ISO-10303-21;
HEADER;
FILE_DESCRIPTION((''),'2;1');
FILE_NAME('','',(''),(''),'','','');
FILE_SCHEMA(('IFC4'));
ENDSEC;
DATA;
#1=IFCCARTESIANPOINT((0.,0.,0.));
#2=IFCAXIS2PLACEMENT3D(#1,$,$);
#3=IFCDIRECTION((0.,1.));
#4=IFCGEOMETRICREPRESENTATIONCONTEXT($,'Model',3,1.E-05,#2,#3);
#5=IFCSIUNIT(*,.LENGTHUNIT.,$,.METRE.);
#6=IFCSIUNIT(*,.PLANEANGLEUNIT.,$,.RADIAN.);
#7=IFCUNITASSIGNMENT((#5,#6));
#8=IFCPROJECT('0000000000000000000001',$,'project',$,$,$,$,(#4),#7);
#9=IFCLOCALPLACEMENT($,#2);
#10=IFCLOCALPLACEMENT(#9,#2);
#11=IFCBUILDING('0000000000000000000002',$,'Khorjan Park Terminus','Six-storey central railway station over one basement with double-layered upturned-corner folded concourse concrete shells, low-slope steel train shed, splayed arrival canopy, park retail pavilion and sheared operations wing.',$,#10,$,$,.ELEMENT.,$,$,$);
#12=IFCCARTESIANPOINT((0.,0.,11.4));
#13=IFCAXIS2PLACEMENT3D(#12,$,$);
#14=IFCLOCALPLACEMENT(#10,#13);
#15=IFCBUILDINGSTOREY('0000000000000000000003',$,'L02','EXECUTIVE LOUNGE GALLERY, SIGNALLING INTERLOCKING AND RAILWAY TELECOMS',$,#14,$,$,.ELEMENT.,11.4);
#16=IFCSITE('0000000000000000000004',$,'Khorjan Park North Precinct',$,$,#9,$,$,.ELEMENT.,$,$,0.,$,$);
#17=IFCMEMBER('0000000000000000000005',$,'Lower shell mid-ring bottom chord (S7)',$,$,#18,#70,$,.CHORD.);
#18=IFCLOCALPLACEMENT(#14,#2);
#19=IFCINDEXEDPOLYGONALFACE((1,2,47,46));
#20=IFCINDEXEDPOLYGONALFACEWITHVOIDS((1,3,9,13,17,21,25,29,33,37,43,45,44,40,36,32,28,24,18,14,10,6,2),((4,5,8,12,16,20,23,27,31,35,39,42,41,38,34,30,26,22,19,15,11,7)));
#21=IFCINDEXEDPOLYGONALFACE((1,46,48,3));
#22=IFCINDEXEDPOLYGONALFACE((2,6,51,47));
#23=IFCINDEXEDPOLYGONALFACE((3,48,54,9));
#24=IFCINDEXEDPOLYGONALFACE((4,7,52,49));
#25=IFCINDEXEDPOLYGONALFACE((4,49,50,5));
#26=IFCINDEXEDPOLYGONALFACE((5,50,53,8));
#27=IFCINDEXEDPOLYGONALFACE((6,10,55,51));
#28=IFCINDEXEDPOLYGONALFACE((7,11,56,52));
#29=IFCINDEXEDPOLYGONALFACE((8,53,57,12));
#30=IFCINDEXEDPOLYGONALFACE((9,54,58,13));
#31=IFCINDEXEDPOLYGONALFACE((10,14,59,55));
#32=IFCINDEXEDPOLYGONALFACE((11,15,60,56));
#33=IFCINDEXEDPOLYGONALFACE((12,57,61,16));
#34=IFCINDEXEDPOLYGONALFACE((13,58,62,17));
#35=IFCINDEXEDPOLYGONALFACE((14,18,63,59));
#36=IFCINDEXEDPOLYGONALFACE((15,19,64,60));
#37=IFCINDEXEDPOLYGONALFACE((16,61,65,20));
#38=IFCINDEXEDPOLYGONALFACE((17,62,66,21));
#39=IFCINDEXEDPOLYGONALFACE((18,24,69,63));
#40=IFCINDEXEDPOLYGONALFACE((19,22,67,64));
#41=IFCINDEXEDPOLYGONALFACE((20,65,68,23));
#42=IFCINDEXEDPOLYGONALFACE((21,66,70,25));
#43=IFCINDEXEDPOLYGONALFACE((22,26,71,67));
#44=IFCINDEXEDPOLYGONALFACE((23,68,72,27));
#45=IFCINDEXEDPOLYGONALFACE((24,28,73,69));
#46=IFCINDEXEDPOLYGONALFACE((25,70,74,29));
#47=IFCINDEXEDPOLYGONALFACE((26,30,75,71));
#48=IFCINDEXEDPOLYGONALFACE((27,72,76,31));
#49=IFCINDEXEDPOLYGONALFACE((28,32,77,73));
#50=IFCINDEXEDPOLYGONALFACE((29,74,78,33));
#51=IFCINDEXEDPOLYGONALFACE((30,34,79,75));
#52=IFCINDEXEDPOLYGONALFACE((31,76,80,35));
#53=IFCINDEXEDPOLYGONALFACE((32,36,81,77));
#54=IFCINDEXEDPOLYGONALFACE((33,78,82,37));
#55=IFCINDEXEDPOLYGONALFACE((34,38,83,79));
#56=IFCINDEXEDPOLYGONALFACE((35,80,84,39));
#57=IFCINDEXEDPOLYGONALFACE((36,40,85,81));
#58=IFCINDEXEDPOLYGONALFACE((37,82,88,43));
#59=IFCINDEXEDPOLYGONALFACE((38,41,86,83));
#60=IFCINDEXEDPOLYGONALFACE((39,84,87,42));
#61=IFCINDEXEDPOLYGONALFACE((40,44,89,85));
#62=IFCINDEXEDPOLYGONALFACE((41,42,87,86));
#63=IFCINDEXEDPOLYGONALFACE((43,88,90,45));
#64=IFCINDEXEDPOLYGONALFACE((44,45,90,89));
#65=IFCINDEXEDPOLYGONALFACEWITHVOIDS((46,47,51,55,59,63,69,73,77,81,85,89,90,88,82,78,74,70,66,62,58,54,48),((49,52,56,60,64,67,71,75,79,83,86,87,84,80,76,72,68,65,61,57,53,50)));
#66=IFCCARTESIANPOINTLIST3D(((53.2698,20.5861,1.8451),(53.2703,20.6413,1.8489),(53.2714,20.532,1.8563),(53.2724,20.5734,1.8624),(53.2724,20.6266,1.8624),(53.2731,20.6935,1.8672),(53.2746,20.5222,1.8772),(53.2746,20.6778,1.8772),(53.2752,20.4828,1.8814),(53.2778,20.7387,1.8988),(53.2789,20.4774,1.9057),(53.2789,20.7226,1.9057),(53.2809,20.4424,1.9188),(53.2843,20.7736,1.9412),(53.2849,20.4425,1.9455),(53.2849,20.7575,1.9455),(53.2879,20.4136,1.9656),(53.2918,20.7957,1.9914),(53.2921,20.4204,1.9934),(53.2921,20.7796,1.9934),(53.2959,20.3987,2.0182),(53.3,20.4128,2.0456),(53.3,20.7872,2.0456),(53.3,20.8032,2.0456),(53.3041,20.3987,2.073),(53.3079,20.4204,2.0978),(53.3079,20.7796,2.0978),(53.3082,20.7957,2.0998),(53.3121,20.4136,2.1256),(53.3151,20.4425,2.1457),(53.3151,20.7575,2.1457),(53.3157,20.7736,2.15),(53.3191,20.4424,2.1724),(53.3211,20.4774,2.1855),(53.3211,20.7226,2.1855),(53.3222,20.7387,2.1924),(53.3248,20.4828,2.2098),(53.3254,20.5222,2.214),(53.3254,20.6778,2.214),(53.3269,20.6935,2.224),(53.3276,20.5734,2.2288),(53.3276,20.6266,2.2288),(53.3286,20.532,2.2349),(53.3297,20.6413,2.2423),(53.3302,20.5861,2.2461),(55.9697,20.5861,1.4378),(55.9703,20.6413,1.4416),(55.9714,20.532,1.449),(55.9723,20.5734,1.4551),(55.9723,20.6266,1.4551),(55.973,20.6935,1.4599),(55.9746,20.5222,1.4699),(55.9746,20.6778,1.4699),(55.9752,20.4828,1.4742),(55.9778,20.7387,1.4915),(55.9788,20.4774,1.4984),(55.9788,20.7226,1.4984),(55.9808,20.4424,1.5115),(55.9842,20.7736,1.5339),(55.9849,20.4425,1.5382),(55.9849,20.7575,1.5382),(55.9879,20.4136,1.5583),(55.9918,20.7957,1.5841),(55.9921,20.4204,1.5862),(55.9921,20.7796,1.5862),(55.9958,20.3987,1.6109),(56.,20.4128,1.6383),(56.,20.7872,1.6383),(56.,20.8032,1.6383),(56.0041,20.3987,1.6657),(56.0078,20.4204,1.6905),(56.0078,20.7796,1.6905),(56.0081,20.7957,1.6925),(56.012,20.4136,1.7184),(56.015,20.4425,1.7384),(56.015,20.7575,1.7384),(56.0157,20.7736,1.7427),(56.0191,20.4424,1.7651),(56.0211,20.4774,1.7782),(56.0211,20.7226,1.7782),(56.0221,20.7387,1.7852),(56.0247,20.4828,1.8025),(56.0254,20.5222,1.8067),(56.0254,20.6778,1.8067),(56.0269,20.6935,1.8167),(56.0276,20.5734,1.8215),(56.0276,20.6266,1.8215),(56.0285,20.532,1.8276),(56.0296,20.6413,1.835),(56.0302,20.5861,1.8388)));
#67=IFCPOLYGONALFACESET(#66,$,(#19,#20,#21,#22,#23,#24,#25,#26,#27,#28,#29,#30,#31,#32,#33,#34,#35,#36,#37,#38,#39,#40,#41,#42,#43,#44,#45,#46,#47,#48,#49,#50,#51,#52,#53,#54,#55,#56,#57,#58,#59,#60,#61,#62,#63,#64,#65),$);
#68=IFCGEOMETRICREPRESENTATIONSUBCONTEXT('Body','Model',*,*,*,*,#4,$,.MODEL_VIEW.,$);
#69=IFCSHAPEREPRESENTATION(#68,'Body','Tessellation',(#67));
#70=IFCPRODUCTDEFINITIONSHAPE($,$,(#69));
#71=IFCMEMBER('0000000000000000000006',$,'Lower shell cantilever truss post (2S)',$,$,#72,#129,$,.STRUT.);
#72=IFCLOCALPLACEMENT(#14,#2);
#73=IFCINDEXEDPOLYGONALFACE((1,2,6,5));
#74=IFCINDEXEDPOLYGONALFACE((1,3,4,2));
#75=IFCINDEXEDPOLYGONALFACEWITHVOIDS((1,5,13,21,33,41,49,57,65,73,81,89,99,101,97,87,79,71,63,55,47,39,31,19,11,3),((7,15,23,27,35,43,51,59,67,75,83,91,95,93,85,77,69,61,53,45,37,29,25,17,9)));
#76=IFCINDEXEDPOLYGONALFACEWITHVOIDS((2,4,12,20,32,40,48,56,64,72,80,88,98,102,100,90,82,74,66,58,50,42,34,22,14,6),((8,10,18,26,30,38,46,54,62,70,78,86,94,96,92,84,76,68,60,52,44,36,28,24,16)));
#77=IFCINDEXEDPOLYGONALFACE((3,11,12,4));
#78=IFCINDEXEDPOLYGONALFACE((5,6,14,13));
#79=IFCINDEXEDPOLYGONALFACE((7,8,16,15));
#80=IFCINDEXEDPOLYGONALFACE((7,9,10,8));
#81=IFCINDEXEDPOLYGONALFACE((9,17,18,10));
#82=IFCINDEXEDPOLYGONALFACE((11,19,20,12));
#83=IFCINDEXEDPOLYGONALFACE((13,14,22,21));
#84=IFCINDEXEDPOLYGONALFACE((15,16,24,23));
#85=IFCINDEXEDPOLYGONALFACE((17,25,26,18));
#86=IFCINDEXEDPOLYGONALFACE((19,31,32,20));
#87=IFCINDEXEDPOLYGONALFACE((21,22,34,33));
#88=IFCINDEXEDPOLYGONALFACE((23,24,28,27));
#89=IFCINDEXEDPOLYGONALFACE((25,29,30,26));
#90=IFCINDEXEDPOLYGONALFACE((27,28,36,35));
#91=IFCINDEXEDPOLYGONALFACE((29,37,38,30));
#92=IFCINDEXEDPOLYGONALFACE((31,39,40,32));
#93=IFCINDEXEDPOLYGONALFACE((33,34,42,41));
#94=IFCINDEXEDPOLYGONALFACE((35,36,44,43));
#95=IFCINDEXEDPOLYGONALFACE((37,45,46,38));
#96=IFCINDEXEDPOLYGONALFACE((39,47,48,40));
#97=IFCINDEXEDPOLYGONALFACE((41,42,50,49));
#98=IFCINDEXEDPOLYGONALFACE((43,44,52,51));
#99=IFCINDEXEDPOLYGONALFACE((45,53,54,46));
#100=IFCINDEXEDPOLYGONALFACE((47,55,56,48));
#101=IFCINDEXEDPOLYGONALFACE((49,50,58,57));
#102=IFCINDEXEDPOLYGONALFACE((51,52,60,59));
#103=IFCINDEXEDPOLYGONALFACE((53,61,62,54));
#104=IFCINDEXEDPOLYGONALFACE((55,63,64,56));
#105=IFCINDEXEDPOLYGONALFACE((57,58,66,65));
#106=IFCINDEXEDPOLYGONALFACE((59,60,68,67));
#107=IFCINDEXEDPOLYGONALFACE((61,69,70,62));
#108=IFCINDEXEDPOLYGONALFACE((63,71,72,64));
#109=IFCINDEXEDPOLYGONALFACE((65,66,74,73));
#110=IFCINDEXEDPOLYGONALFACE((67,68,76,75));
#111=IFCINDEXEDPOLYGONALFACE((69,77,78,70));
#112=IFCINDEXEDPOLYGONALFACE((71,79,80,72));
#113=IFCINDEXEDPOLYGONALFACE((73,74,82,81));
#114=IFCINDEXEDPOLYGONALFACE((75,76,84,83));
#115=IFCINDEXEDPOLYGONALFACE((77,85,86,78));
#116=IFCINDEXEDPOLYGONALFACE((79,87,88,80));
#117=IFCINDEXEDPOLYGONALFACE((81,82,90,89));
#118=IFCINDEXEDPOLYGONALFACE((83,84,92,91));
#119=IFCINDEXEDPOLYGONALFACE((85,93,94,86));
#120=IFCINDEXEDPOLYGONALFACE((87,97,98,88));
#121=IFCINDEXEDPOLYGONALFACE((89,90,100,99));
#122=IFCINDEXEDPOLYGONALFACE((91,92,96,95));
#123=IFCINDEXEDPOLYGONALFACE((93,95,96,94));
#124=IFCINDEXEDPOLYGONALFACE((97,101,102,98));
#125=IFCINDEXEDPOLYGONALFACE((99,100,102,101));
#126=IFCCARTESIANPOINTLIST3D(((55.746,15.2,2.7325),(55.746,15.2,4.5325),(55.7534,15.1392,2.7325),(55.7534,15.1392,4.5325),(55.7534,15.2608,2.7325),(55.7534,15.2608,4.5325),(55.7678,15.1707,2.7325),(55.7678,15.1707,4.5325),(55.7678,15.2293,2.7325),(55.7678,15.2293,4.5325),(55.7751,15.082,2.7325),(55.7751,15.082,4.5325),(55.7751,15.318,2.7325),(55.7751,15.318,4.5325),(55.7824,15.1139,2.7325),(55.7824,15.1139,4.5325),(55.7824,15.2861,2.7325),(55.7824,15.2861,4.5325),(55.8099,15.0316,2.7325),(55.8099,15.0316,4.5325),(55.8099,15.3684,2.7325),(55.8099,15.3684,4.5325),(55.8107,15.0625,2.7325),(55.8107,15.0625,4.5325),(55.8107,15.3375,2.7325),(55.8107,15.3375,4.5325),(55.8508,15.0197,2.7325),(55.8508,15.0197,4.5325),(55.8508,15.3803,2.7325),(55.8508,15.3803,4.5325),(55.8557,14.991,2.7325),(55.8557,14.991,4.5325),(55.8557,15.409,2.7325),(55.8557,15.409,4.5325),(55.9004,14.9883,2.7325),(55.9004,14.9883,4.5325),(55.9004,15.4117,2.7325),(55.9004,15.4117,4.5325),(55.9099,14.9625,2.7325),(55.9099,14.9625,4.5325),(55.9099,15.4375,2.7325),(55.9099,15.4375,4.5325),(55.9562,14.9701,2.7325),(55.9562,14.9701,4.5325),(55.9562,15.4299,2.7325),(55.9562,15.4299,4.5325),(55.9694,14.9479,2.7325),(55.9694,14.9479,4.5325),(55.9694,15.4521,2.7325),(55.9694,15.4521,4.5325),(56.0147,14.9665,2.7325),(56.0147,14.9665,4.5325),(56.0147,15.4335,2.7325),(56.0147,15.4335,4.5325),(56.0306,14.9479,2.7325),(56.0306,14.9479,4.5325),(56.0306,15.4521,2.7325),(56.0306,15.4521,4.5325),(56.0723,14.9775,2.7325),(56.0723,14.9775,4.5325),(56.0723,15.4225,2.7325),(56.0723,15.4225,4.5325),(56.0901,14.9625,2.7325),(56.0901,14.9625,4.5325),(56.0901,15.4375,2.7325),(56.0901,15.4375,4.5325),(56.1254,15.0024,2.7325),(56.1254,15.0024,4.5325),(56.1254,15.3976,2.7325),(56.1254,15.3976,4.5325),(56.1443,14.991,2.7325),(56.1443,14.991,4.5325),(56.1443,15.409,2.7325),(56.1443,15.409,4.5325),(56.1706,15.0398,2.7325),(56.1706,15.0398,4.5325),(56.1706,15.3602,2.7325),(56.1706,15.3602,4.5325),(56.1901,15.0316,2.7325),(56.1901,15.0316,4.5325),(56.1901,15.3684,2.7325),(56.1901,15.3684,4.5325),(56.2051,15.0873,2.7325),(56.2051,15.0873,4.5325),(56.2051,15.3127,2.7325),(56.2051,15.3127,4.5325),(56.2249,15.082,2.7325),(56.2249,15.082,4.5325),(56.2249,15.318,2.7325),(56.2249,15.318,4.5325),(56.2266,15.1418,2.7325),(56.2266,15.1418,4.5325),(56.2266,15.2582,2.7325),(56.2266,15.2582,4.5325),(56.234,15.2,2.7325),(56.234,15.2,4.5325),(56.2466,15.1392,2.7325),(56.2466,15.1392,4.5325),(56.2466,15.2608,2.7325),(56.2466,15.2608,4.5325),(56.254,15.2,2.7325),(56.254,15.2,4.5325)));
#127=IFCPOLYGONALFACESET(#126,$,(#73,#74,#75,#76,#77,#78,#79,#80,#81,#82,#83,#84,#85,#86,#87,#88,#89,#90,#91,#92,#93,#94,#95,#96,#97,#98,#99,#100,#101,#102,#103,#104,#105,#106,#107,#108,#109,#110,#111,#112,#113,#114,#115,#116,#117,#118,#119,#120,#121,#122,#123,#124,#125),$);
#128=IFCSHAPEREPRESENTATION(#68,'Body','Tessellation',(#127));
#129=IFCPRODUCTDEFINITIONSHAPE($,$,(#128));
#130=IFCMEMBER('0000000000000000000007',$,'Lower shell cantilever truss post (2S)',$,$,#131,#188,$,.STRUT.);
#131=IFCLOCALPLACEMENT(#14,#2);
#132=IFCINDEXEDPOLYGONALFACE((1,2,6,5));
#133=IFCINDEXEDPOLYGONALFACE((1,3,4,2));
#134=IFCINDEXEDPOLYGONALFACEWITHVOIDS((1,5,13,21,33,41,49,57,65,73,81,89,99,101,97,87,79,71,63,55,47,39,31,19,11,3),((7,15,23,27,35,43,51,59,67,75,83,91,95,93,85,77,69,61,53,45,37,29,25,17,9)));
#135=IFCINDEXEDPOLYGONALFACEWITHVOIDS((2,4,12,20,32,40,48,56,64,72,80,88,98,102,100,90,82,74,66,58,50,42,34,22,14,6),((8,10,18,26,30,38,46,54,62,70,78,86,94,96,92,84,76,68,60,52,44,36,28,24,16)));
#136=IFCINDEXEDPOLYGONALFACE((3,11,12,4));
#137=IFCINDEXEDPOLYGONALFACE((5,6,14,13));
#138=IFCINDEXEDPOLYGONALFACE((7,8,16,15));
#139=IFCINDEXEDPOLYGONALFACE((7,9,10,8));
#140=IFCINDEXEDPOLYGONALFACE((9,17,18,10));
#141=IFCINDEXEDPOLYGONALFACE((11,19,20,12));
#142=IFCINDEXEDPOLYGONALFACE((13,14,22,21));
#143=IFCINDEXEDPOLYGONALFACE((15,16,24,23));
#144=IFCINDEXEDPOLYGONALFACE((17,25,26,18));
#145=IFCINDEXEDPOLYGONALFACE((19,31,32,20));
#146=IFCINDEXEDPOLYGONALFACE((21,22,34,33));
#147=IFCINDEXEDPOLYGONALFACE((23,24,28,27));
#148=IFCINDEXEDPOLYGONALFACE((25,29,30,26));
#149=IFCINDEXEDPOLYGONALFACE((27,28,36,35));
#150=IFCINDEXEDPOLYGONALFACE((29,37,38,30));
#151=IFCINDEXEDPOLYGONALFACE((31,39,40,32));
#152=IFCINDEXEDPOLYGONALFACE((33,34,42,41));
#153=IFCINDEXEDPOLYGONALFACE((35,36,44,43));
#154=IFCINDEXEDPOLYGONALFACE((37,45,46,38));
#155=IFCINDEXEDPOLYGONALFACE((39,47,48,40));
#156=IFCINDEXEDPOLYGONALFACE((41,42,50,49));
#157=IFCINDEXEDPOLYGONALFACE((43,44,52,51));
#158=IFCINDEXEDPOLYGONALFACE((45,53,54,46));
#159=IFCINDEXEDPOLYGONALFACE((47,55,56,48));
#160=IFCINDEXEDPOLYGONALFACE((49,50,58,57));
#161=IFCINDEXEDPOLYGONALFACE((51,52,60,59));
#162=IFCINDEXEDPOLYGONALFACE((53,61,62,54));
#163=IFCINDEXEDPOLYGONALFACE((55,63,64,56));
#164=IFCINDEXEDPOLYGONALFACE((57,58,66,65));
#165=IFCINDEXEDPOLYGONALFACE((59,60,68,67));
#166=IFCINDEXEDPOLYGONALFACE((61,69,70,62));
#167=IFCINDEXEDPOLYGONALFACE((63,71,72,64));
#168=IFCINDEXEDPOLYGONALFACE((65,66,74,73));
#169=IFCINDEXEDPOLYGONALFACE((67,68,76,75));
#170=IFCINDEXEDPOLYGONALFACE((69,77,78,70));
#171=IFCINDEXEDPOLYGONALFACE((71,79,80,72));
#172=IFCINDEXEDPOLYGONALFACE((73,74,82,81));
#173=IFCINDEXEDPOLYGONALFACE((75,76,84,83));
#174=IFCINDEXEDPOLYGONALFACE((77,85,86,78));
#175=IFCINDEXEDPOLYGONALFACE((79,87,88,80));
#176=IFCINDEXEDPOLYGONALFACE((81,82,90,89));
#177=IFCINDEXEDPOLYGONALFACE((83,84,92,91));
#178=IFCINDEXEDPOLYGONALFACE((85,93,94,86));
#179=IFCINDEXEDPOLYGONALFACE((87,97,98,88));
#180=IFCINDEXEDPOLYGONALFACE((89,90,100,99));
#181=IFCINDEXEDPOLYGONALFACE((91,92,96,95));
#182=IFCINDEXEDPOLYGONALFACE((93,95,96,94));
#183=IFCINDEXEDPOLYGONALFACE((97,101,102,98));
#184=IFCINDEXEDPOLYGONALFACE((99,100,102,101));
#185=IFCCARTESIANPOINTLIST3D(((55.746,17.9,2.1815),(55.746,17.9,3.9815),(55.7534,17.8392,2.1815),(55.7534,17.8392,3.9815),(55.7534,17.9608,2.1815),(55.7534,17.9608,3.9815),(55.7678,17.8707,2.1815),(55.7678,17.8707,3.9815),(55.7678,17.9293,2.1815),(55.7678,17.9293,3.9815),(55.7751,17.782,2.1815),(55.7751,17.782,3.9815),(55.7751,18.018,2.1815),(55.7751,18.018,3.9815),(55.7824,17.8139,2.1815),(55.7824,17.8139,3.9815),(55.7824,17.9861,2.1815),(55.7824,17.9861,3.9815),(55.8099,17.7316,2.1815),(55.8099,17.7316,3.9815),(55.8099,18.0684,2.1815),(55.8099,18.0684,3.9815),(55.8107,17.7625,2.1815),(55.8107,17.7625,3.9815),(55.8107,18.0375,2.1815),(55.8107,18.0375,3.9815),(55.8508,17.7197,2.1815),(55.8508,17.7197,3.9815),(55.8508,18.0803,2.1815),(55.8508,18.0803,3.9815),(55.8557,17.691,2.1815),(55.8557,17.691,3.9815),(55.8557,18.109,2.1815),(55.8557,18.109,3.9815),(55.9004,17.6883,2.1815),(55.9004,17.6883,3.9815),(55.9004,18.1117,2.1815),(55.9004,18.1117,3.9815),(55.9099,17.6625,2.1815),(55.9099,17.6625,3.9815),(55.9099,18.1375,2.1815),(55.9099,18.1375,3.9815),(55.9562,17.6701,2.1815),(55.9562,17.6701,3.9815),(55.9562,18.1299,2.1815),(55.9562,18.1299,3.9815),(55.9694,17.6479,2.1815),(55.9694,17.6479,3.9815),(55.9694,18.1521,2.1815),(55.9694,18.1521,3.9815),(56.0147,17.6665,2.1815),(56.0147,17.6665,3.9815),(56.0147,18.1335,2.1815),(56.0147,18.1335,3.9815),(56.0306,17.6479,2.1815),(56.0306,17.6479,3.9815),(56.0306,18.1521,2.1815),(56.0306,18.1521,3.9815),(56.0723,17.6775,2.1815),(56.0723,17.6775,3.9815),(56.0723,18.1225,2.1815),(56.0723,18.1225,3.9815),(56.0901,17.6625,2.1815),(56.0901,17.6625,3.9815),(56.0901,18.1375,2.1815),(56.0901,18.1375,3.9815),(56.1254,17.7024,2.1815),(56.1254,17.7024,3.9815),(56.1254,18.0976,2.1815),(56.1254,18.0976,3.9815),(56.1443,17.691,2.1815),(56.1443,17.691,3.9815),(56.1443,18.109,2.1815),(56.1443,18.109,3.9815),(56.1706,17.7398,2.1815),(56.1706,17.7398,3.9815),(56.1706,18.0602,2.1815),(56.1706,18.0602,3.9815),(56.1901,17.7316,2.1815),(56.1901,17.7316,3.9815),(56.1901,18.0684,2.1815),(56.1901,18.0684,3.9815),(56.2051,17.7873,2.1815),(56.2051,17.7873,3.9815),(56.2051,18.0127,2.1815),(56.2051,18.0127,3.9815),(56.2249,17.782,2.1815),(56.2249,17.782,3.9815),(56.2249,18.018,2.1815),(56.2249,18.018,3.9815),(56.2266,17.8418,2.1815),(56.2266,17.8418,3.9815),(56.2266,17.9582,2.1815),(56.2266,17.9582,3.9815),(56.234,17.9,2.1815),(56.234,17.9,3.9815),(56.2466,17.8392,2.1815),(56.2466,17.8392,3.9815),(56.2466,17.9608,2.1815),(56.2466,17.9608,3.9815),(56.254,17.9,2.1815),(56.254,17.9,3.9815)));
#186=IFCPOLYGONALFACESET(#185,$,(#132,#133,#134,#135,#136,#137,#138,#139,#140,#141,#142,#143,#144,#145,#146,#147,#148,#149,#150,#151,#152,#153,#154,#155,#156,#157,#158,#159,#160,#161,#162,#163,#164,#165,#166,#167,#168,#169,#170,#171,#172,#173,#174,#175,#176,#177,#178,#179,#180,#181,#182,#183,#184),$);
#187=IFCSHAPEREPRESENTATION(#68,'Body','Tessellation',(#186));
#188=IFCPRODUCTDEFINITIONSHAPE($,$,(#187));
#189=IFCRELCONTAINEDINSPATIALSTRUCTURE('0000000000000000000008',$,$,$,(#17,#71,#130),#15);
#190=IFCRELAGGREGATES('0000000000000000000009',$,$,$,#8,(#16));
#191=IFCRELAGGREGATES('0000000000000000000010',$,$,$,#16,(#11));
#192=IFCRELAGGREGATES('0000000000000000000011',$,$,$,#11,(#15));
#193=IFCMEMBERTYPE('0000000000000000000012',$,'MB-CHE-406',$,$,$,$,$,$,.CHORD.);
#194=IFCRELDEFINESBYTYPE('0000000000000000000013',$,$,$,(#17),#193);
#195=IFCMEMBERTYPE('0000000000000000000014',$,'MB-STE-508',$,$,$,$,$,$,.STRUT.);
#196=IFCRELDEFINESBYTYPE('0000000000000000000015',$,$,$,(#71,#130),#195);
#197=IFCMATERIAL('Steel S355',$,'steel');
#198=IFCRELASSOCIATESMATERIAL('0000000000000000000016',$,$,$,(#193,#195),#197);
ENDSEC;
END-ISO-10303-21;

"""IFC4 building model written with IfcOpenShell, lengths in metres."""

from ifc_helpers import new_model, si_unit, direction, frame, origin, origin_2d, place, context, subcontext, project, spatial, hollow_circle, extrude, material, material_profile, profile_set, type_object, element, save


model = new_model("IFC4")

# Units and contexts
model_context = context("Model", 3, precision=1e-05, world=origin(), true_north=direction((0.0, 1.0)))
body_context = subcontext(model_context, "Body", "Model", "MODEL_VIEW")
ifc_project = project(units=[si_unit("LENGTHUNIT", "METRE"), si_unit("PLANEANGLEUNIT", "RADIAN")], contexts=[model_context])

# Site, building, storey
site_placement = place(None, origin())
site = spatial("IfcSite", under=ifc_project, at=site_placement, Name="Khorjan Park North Precinct", CompositionType="ELEMENT", RefElevation=0.0)
building_placement = place(site_placement, origin())
building = spatial("IfcBuilding", under=site, at=building_placement, Name="Khorjan Park Terminus", Description="Six-storey central railway station over one basement with double-layered upturned-corner folded concourse concrete shells, low-slope steel train shed, splayed arrival canopy, park retail pavilion and sheared operations wing.", CompositionType="ELEMENT")
storey_placement = place(building_placement, frame((0.0, 0.0, 11.4)))
storey = spatial("IfcBuildingStorey", under=building, at=storey_placement, Name="L02", Description="EXECUTIVE LOUNGE GALLERY, SIGNALLING INTERLOCKING AND RAILWAY TELECOMS", CompositionType="ELEMENT", Elevation=11.4)

# Members
ifc_material_1 = material(Name="Steel S355", Category="steel")
ifc_material_profile_1 = material_profile(ifc_material_1, hollow_circle(Radius=0.2032, WallThickness=0.016, at=origin_2d()), Name="CHS 406.4x16")
ifc_profile_set_1 = profile_set([ifc_material_profile_1], Name="Steel S355")
member_type_1 = type_object("IfcMemberType", Name="MB-CHE-406", PredefinedType="CHORD", material=ifc_profile_set_1)
for number, where, z_axis, x_axis, name in (
    (1, (53.3, 20.6, 2.0456), (0.988812, 0.0, -0.149164), (0.0, 1.0, 0.0), "Lower shell mid-ring bottom chord (S7)"),
):
    element("IfcMember", number, at=place(storey_placement, frame(where, z_axis=z_axis, x_axis=x_axis)), inside=storey, type_object=member_type_1, Name=name, PredefinedType="CHORD", context=body_context, shape_type="SweptSolid", body=[
        extrude(hollow_circle(Radius=0.2032, WallThickness=0.016, at=origin_2d()), origin(), (0.0, 0.0, 1.0), 2.7305),
    ])
ifc_material_profile_2 = material_profile(ifc_material_1, hollow_circle(Radius=0.254, WallThickness=0.02, at=origin_2d()), Name="CHS 508x20")
ifc_profile_set_2 = profile_set([ifc_material_profile_2], Name="Steel S355")
member_type_2 = type_object("IfcMemberType", Name="MB-STE-508", PredefinedType="STRUT", material=ifc_profile_set_2)
for number, where, z_axis, x_axis, name in (
    (2, (56.0, 15.2, 2.7325), (0.0, 0.0, 1.0), (1.0, 0.0, 0.0), "Lower shell cantilever truss post (2S)"),
    (3, (56.0, 17.9, 2.1815), (0.0, 0.0, 1.0), (1.0, 0.0, 0.0), "Lower shell cantilever truss post (2S)"),
):
    element("IfcMember", number, at=place(storey_placement, frame(where, z_axis=z_axis, x_axis=x_axis)), inside=storey, type_object=member_type_2, Name=name, PredefinedType="STRUT", context=body_context, shape_type="SweptSolid", body=[
        extrude(hollow_circle(Radius=0.254, WallThickness=0.02, at=origin_2d()), origin(), (0.0, 0.0, 1.0), 1.8),
    ])

save(model, "model.ifc")
